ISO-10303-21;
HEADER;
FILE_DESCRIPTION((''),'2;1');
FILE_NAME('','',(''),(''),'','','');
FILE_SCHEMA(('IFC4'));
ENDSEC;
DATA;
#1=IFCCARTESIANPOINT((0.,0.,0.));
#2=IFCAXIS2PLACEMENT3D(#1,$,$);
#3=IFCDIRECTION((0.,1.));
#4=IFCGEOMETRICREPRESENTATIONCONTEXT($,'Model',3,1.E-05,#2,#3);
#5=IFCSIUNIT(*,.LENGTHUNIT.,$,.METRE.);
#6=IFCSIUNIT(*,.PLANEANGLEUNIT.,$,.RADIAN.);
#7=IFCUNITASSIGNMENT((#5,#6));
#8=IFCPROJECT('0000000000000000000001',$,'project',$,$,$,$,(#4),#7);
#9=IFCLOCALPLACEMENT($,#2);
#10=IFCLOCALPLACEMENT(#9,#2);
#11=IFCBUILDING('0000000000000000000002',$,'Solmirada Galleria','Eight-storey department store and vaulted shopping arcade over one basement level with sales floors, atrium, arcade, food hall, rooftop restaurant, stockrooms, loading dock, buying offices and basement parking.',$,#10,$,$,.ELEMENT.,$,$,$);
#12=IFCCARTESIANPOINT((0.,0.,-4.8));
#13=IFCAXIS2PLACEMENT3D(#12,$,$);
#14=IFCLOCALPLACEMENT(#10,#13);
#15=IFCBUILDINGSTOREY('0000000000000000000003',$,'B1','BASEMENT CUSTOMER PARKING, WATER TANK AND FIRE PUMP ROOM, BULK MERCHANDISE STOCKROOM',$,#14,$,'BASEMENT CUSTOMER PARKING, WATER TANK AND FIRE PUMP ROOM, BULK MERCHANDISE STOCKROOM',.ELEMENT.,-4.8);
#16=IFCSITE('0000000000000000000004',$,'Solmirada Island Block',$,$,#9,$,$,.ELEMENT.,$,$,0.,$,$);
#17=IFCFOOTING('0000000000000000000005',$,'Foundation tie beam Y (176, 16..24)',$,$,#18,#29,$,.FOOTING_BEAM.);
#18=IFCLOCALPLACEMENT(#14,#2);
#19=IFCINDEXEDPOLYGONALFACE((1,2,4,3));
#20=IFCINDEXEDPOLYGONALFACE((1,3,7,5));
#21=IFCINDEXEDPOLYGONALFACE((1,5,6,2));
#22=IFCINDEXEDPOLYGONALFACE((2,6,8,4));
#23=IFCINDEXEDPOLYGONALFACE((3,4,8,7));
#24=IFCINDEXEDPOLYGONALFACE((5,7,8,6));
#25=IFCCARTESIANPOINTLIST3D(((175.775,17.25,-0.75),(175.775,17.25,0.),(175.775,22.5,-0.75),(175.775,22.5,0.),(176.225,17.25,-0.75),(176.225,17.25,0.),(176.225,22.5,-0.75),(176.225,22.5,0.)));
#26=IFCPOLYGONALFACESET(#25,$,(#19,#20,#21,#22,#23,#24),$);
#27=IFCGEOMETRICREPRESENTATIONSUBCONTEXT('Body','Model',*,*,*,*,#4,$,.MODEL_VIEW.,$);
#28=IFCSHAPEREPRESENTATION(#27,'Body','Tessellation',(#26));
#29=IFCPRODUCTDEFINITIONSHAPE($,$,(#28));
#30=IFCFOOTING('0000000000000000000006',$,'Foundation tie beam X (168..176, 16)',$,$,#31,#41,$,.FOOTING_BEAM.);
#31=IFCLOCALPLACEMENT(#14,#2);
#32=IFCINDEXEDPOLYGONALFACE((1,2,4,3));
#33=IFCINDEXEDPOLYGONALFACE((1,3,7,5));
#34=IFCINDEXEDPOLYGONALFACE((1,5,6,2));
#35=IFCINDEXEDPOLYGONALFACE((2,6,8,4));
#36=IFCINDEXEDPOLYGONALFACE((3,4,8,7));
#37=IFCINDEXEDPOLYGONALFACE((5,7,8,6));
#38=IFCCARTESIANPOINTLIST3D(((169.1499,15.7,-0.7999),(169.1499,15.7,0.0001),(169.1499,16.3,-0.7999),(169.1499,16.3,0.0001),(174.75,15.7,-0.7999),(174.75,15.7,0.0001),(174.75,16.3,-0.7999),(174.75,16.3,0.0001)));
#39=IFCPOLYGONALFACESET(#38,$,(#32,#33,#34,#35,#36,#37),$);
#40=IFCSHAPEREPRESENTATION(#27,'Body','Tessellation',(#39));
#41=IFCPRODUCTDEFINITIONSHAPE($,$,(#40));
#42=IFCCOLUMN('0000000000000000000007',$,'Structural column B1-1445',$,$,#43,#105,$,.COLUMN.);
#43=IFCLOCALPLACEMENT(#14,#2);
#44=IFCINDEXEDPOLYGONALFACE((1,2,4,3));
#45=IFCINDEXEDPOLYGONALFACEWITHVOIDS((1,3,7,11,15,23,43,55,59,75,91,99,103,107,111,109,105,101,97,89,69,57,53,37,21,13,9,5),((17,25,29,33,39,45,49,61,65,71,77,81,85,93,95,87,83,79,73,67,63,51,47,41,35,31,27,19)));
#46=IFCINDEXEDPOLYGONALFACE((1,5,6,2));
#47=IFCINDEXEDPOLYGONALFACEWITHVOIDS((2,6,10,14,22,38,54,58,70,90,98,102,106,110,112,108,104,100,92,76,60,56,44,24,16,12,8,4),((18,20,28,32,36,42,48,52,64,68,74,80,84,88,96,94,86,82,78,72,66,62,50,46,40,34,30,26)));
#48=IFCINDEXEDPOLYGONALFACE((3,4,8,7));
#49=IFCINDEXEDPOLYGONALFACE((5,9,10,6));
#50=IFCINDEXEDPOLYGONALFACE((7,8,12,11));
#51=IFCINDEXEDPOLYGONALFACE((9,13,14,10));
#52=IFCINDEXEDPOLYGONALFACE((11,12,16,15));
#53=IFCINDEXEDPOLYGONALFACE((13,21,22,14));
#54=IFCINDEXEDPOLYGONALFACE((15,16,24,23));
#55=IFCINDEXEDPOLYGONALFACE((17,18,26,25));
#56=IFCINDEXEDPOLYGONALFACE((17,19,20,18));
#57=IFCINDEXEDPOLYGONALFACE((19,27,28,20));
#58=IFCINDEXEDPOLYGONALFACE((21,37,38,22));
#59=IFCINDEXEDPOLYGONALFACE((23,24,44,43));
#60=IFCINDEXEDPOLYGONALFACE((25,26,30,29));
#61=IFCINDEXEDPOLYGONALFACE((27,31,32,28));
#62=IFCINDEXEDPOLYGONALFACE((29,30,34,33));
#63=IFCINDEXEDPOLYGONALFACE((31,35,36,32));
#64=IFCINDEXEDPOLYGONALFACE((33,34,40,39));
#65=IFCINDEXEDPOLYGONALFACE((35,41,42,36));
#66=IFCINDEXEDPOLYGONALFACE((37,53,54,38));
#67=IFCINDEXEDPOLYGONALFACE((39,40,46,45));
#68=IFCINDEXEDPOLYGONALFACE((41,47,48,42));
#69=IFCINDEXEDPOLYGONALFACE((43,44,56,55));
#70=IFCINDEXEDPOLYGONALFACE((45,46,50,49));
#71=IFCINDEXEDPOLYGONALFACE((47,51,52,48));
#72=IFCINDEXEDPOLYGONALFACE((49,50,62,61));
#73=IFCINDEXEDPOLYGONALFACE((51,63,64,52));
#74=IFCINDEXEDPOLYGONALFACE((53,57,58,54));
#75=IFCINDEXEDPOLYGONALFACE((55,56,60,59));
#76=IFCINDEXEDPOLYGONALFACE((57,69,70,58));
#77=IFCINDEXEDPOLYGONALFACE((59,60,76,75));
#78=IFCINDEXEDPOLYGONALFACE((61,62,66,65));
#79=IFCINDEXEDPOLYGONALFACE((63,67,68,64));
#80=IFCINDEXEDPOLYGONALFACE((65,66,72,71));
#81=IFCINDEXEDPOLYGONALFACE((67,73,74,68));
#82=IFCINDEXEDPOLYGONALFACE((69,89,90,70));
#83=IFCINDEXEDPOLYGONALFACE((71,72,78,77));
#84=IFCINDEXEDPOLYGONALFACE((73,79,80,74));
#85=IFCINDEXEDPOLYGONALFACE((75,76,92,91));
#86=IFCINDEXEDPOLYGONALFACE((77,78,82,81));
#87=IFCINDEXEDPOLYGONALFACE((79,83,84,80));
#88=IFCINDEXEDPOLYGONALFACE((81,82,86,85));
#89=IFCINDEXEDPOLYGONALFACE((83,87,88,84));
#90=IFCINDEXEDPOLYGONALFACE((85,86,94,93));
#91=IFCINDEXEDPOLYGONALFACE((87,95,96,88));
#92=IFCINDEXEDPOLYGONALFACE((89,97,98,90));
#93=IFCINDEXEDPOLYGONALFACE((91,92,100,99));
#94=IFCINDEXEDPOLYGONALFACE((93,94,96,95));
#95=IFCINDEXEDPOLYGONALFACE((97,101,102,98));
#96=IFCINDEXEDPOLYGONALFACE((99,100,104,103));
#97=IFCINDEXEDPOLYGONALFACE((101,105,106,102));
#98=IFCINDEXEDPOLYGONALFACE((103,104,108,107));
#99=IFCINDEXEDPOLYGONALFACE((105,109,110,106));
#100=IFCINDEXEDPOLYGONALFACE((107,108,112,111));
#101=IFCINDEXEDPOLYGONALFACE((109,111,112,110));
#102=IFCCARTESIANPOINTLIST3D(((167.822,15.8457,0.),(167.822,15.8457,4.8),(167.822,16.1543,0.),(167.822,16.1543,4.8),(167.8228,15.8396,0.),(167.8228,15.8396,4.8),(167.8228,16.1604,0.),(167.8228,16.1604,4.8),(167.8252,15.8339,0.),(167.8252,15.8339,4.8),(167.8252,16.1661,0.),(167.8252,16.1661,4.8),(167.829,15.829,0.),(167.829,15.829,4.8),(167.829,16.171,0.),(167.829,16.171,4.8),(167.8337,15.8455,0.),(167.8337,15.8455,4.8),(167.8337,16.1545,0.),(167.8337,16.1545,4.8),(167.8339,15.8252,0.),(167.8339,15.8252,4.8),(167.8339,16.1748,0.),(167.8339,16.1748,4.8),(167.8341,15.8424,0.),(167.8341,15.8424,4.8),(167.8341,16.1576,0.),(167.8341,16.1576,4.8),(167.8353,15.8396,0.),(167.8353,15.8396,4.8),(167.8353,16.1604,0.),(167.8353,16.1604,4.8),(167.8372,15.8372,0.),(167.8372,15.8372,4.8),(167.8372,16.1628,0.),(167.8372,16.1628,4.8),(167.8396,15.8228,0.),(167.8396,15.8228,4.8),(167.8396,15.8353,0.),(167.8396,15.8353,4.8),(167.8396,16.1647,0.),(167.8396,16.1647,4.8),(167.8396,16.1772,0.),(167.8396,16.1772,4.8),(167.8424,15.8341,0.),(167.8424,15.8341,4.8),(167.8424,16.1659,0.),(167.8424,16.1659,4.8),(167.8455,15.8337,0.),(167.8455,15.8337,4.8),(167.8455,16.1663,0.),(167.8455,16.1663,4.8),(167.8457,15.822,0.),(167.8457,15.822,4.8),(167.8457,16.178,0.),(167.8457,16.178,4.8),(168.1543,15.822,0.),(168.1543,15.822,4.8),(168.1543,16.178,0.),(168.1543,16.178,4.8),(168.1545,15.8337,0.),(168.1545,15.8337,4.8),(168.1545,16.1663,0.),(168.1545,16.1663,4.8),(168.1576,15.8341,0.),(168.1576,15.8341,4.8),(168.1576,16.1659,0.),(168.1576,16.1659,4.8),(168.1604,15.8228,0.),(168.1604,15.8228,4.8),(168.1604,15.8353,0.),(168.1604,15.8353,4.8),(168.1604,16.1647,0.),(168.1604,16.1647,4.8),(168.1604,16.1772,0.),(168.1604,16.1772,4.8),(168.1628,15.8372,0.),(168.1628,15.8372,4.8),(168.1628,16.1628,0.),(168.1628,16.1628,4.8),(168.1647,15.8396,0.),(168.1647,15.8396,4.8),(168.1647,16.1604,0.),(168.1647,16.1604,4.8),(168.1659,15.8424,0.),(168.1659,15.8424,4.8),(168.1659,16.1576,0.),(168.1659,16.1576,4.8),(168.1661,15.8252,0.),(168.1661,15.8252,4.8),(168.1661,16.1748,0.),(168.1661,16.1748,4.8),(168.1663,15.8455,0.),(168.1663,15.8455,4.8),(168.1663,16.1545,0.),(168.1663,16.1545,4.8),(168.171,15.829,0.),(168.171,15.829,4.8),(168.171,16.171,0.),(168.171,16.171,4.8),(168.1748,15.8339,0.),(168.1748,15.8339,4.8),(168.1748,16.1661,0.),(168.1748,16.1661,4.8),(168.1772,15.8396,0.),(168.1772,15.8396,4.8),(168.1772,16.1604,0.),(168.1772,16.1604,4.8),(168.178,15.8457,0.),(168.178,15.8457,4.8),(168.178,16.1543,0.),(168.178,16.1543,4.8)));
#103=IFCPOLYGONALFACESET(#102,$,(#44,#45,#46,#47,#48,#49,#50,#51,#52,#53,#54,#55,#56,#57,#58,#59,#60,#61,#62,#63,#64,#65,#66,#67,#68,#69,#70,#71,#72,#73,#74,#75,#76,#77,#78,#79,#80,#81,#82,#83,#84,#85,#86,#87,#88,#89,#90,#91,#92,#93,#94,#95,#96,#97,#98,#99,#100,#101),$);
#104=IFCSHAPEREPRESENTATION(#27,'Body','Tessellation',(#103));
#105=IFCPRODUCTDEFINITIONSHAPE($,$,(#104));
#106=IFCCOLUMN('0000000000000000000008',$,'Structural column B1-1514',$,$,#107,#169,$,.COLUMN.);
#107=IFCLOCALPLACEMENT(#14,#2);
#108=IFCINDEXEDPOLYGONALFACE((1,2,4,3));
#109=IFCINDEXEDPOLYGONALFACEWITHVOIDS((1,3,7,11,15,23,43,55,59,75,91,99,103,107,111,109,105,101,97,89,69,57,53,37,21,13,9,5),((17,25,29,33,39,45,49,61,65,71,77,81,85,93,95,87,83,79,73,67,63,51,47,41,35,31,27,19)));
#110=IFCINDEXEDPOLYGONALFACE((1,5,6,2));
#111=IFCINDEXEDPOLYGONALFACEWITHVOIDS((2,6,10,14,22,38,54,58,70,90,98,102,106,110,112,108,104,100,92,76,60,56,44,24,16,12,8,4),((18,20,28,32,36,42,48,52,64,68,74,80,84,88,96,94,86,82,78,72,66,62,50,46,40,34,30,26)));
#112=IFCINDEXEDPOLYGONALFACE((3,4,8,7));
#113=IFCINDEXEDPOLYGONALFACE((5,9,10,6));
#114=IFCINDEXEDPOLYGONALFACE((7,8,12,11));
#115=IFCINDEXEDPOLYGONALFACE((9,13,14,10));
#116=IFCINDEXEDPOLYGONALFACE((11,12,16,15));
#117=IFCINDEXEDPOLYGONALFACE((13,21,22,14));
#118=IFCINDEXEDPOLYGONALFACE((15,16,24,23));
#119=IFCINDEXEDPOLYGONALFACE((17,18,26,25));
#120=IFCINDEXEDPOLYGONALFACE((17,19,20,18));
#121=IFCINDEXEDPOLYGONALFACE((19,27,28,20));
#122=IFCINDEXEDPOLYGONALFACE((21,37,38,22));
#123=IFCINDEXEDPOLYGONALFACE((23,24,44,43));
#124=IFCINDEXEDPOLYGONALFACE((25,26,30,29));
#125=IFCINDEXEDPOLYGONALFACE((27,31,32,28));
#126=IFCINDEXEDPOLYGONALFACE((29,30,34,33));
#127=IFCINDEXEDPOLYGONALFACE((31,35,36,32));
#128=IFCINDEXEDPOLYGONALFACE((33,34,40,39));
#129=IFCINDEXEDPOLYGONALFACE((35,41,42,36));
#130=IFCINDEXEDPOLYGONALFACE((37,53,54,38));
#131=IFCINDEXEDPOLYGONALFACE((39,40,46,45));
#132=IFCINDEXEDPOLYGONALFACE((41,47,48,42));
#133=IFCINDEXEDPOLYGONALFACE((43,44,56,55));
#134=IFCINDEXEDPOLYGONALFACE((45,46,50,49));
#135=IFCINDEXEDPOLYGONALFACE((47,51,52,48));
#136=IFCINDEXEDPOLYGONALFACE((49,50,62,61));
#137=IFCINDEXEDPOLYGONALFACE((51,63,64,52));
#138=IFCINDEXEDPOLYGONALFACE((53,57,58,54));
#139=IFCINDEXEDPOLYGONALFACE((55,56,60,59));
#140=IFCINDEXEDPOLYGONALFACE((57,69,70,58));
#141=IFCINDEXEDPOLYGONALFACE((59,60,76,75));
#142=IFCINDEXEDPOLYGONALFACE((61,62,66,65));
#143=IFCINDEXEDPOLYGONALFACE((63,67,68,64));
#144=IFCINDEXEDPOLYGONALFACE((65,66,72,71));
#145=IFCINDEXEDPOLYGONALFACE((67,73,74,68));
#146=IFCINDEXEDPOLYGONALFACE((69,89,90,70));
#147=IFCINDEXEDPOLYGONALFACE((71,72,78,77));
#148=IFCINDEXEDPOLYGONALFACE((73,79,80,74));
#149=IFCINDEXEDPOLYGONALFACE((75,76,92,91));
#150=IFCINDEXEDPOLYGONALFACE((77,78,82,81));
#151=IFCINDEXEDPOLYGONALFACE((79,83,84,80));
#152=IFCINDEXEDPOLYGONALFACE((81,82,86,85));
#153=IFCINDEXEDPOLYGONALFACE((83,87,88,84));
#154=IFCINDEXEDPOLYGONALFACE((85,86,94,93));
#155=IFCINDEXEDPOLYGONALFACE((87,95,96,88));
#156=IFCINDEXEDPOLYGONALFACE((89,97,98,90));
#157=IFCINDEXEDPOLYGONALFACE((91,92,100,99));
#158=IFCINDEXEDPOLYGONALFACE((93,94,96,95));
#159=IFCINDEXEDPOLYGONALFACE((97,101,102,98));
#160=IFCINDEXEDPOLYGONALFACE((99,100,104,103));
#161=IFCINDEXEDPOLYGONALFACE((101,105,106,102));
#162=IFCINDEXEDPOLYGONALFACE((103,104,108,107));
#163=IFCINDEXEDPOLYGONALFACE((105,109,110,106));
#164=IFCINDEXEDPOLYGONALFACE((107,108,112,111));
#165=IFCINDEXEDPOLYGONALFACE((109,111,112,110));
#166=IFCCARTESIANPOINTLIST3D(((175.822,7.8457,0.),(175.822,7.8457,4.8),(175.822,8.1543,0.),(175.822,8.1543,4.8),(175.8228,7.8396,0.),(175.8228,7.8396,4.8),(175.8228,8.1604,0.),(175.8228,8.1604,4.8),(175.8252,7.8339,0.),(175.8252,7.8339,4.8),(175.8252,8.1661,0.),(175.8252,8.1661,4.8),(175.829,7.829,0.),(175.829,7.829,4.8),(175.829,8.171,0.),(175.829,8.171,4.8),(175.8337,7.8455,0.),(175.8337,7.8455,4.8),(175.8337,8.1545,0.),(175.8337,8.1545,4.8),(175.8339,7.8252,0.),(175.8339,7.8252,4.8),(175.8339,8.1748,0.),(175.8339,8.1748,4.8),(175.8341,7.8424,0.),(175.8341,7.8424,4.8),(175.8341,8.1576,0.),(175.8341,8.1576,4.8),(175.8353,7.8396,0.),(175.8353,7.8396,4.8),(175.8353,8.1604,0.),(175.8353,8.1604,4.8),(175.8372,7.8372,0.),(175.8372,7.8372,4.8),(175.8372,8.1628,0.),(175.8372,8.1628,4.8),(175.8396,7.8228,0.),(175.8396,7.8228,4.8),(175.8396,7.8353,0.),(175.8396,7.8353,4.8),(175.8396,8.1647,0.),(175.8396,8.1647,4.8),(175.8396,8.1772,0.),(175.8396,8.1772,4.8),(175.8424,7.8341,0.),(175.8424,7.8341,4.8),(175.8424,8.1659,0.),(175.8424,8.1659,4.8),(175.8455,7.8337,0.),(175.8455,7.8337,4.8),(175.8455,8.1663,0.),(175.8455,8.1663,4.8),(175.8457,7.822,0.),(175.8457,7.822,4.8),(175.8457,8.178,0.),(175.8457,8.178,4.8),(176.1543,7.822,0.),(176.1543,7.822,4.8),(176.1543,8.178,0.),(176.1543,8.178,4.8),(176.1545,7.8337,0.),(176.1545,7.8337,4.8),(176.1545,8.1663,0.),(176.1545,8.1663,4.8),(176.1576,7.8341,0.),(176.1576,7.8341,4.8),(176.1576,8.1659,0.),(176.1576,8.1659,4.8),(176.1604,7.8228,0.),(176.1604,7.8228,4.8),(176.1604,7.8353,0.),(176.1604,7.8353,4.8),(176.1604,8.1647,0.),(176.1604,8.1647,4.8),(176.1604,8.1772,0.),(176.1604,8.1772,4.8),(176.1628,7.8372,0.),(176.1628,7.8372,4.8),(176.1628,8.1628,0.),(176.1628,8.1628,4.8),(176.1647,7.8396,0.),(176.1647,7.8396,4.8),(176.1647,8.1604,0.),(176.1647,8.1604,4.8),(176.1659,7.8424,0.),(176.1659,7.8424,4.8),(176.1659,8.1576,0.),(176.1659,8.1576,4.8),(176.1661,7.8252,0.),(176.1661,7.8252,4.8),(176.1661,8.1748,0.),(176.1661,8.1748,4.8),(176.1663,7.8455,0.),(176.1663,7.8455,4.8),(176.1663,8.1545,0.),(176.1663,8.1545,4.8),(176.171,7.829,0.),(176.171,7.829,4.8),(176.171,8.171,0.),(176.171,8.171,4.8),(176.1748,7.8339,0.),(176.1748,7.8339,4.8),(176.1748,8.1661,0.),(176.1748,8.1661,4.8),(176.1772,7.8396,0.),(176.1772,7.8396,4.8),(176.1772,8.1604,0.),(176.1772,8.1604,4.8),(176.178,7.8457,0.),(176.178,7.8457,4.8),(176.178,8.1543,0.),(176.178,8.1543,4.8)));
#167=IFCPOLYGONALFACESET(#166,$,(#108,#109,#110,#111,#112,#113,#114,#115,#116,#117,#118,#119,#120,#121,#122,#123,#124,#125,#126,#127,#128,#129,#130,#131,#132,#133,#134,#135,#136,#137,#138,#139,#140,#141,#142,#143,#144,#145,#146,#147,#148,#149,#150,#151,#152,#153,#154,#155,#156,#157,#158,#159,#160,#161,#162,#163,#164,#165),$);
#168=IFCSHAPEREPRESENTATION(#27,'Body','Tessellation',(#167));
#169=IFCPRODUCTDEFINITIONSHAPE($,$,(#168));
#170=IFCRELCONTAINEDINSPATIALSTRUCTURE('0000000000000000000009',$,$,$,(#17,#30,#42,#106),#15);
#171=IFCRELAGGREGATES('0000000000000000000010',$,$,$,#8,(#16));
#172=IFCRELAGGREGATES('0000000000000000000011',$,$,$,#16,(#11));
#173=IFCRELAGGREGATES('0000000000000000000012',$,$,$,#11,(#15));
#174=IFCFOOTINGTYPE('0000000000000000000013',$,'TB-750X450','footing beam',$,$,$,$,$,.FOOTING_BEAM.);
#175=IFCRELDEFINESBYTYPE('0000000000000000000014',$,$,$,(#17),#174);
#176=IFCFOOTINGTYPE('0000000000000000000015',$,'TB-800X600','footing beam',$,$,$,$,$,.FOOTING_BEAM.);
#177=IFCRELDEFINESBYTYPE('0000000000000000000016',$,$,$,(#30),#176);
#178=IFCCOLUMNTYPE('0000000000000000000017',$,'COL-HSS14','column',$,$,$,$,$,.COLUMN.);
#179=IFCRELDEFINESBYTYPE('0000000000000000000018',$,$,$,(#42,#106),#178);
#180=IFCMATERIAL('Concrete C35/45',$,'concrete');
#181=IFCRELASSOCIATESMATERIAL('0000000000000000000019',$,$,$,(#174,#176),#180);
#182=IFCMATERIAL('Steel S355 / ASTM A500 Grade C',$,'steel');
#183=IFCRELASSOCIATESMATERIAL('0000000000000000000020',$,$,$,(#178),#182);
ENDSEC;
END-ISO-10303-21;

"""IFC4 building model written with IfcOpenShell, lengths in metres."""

from ifc_helpers import new_model, si_unit, direction, frame, origin, origin_2d, place, context, subcontext, project, spatial, rectangle, hollow_rectangle, extrude, material, material_profile, profile_set, type_object, element, save


model = new_model("IFC4")

# Units and contexts
model_context = context("Model", 3, precision=1e-05, world=origin(), true_north=direction((0.0, 1.0)))
body_context = subcontext(model_context, "Body", "Model", "MODEL_VIEW")
ifc_project = project(units=[si_unit("LENGTHUNIT", "METRE"), si_unit("PLANEANGLEUNIT", "RADIAN")], contexts=[model_context])

# Site, building, storey
site_placement = place(None, origin())
site = spatial("IfcSite", under=ifc_project, at=site_placement, Name="Solmirada Island Block", CompositionType="ELEMENT", RefElevation=0.0)
building_placement = place(site_placement, origin())
building = spatial("IfcBuilding", under=site, at=building_placement, Name="Solmirada Galleria", Description="Eight-storey department store and vaulted shopping arcade over one basement level with sales floors, atrium, arcade, food hall, rooftop restaurant, stockrooms, loading dock, buying offices and basement parking.", CompositionType="ELEMENT")
storey_placement = place(building_placement, frame((0.0, 0.0, -4.8)))
storey = spatial("IfcBuildingStorey", under=building, at=storey_placement, Name="B1", Description="BASEMENT CUSTOMER PARKING, WATER TANK AND FIRE PUMP ROOM, BULK MERCHANDISE STOCKROOM", LongName="BASEMENT CUSTOMER PARKING, WATER TANK AND FIRE PUMP ROOM, BULK MERCHANDISE STOCKROOM", CompositionType="ELEMENT", Elevation=-4.8)

# Shared definitions
ifc_material_1 = material(Name="Concrete C35/45", Category="concrete")

# Footings
ifc_material_profile_1 = material_profile(ifc_material_1, rectangle(XDim=0.45, YDim=0.75, at=origin_2d()), Name="RC750X450")
ifc_profile_set_1 = profile_set([ifc_material_profile_1], Name="Concrete C35/45")
footing_type_1 = type_object("IfcFootingType", Name="TB-750X450", Description="footing beam", PredefinedType="FOOTING_BEAM", material=ifc_profile_set_1)
for number, where, z_axis, x_axis, name in (
    (1, (176.0, 17.25, -0.375), (0.0, 1.0, 0.0), (-1.0, 0.0, 0.0), "Foundation tie beam Y (176, 16..24)"),
):
    element("IfcFooting", number, at=place(storey_placement, frame(where, z_axis=z_axis, x_axis=x_axis)), inside=storey, type_object=footing_type_1, Name=name, PredefinedType="FOOTING_BEAM", context=body_context, shape_type="SweptSolid", body=[
        extrude(rectangle(XDim=0.45, YDim=0.75, at=origin_2d()), origin(), (0.0, 0.0, 1.0), 5.25),
    ])
ifc_material_profile_2 = material_profile(ifc_material_1, rectangle(XDim=0.6001, YDim=0.8, at=origin_2d()), Name="RC800X600")
ifc_profile_set_2 = profile_set([ifc_material_profile_2], Name="Concrete C35/45")
footing_type_2 = type_object("IfcFootingType", Name="TB-800X600", Description="footing beam", PredefinedType="FOOTING_BEAM", material=ifc_profile_set_2)
footing_1_placement = place(storey_placement, frame((169.1499, 16.0, -0.3999), z_axis=(1.0, 0.0, 0.0), x_axis=(0.0, 1.0, 0.0)))
element("IfcFooting", 2, at=footing_1_placement, inside=storey, type_object=footing_type_2, Name="Foundation tie beam X (168..176, 16)", PredefinedType="FOOTING_BEAM", context=body_context, shape_type="SweptSolid", body=[
    extrude(rectangle(XDim=0.6001, YDim=0.8, at=origin_2d()), origin(), (0.0, 0.0, 1.0), 5.6001),
])

# Columns
ifc_material_2 = material(Name="Steel S355 / ASTM A500 Grade C", Category="steel")
ifc_material_profile_3 = material_profile(ifc_material_2, hollow_rectangle(XDim=0.356, YDim=0.356, WallThickness=0.0117, InnerFilletRadius=0.0117, OuterFilletRadius=0.0237, at=origin_2d()), Name="HSS14X14X1/2")
ifc_profile_set_3 = profile_set([ifc_material_profile_3], Name="Steel S355 / ASTM A500 Grade C")
column_type = type_object("IfcColumnType", Name="COL-HSS14", Description="column", PredefinedType="COLUMN", material=ifc_profile_set_3)
for number, where, z_axis, x_axis, name in (
    (3, (168.0, 16.0, 0.0), (0.0, 0.0, 1.0), (1.0, 0.0, 0.0), "Structural column B1-1445"),
    (4, (176.0, 8.0, 0.0), (0.0, 0.0, 1.0), (1.0, 0.0, 0.0), "Structural column B1-1514"),
):
    element("IfcColumn", number, at=place(storey_placement, frame(where, z_axis=z_axis, x_axis=x_axis)), inside=storey, type_object=column_type, Name=name, PredefinedType="COLUMN", context=body_context, shape_type="SweptSolid", body=[
        extrude(hollow_rectangle(XDim=0.356, YDim=0.356, WallThickness=0.0117, InnerFilletRadius=0.0117, OuterFilletRadius=0.0237, at=origin_2d()), origin(), (0.0, 0.0, 1.0), 4.8),
    ])

save(model, "model.ifc")
